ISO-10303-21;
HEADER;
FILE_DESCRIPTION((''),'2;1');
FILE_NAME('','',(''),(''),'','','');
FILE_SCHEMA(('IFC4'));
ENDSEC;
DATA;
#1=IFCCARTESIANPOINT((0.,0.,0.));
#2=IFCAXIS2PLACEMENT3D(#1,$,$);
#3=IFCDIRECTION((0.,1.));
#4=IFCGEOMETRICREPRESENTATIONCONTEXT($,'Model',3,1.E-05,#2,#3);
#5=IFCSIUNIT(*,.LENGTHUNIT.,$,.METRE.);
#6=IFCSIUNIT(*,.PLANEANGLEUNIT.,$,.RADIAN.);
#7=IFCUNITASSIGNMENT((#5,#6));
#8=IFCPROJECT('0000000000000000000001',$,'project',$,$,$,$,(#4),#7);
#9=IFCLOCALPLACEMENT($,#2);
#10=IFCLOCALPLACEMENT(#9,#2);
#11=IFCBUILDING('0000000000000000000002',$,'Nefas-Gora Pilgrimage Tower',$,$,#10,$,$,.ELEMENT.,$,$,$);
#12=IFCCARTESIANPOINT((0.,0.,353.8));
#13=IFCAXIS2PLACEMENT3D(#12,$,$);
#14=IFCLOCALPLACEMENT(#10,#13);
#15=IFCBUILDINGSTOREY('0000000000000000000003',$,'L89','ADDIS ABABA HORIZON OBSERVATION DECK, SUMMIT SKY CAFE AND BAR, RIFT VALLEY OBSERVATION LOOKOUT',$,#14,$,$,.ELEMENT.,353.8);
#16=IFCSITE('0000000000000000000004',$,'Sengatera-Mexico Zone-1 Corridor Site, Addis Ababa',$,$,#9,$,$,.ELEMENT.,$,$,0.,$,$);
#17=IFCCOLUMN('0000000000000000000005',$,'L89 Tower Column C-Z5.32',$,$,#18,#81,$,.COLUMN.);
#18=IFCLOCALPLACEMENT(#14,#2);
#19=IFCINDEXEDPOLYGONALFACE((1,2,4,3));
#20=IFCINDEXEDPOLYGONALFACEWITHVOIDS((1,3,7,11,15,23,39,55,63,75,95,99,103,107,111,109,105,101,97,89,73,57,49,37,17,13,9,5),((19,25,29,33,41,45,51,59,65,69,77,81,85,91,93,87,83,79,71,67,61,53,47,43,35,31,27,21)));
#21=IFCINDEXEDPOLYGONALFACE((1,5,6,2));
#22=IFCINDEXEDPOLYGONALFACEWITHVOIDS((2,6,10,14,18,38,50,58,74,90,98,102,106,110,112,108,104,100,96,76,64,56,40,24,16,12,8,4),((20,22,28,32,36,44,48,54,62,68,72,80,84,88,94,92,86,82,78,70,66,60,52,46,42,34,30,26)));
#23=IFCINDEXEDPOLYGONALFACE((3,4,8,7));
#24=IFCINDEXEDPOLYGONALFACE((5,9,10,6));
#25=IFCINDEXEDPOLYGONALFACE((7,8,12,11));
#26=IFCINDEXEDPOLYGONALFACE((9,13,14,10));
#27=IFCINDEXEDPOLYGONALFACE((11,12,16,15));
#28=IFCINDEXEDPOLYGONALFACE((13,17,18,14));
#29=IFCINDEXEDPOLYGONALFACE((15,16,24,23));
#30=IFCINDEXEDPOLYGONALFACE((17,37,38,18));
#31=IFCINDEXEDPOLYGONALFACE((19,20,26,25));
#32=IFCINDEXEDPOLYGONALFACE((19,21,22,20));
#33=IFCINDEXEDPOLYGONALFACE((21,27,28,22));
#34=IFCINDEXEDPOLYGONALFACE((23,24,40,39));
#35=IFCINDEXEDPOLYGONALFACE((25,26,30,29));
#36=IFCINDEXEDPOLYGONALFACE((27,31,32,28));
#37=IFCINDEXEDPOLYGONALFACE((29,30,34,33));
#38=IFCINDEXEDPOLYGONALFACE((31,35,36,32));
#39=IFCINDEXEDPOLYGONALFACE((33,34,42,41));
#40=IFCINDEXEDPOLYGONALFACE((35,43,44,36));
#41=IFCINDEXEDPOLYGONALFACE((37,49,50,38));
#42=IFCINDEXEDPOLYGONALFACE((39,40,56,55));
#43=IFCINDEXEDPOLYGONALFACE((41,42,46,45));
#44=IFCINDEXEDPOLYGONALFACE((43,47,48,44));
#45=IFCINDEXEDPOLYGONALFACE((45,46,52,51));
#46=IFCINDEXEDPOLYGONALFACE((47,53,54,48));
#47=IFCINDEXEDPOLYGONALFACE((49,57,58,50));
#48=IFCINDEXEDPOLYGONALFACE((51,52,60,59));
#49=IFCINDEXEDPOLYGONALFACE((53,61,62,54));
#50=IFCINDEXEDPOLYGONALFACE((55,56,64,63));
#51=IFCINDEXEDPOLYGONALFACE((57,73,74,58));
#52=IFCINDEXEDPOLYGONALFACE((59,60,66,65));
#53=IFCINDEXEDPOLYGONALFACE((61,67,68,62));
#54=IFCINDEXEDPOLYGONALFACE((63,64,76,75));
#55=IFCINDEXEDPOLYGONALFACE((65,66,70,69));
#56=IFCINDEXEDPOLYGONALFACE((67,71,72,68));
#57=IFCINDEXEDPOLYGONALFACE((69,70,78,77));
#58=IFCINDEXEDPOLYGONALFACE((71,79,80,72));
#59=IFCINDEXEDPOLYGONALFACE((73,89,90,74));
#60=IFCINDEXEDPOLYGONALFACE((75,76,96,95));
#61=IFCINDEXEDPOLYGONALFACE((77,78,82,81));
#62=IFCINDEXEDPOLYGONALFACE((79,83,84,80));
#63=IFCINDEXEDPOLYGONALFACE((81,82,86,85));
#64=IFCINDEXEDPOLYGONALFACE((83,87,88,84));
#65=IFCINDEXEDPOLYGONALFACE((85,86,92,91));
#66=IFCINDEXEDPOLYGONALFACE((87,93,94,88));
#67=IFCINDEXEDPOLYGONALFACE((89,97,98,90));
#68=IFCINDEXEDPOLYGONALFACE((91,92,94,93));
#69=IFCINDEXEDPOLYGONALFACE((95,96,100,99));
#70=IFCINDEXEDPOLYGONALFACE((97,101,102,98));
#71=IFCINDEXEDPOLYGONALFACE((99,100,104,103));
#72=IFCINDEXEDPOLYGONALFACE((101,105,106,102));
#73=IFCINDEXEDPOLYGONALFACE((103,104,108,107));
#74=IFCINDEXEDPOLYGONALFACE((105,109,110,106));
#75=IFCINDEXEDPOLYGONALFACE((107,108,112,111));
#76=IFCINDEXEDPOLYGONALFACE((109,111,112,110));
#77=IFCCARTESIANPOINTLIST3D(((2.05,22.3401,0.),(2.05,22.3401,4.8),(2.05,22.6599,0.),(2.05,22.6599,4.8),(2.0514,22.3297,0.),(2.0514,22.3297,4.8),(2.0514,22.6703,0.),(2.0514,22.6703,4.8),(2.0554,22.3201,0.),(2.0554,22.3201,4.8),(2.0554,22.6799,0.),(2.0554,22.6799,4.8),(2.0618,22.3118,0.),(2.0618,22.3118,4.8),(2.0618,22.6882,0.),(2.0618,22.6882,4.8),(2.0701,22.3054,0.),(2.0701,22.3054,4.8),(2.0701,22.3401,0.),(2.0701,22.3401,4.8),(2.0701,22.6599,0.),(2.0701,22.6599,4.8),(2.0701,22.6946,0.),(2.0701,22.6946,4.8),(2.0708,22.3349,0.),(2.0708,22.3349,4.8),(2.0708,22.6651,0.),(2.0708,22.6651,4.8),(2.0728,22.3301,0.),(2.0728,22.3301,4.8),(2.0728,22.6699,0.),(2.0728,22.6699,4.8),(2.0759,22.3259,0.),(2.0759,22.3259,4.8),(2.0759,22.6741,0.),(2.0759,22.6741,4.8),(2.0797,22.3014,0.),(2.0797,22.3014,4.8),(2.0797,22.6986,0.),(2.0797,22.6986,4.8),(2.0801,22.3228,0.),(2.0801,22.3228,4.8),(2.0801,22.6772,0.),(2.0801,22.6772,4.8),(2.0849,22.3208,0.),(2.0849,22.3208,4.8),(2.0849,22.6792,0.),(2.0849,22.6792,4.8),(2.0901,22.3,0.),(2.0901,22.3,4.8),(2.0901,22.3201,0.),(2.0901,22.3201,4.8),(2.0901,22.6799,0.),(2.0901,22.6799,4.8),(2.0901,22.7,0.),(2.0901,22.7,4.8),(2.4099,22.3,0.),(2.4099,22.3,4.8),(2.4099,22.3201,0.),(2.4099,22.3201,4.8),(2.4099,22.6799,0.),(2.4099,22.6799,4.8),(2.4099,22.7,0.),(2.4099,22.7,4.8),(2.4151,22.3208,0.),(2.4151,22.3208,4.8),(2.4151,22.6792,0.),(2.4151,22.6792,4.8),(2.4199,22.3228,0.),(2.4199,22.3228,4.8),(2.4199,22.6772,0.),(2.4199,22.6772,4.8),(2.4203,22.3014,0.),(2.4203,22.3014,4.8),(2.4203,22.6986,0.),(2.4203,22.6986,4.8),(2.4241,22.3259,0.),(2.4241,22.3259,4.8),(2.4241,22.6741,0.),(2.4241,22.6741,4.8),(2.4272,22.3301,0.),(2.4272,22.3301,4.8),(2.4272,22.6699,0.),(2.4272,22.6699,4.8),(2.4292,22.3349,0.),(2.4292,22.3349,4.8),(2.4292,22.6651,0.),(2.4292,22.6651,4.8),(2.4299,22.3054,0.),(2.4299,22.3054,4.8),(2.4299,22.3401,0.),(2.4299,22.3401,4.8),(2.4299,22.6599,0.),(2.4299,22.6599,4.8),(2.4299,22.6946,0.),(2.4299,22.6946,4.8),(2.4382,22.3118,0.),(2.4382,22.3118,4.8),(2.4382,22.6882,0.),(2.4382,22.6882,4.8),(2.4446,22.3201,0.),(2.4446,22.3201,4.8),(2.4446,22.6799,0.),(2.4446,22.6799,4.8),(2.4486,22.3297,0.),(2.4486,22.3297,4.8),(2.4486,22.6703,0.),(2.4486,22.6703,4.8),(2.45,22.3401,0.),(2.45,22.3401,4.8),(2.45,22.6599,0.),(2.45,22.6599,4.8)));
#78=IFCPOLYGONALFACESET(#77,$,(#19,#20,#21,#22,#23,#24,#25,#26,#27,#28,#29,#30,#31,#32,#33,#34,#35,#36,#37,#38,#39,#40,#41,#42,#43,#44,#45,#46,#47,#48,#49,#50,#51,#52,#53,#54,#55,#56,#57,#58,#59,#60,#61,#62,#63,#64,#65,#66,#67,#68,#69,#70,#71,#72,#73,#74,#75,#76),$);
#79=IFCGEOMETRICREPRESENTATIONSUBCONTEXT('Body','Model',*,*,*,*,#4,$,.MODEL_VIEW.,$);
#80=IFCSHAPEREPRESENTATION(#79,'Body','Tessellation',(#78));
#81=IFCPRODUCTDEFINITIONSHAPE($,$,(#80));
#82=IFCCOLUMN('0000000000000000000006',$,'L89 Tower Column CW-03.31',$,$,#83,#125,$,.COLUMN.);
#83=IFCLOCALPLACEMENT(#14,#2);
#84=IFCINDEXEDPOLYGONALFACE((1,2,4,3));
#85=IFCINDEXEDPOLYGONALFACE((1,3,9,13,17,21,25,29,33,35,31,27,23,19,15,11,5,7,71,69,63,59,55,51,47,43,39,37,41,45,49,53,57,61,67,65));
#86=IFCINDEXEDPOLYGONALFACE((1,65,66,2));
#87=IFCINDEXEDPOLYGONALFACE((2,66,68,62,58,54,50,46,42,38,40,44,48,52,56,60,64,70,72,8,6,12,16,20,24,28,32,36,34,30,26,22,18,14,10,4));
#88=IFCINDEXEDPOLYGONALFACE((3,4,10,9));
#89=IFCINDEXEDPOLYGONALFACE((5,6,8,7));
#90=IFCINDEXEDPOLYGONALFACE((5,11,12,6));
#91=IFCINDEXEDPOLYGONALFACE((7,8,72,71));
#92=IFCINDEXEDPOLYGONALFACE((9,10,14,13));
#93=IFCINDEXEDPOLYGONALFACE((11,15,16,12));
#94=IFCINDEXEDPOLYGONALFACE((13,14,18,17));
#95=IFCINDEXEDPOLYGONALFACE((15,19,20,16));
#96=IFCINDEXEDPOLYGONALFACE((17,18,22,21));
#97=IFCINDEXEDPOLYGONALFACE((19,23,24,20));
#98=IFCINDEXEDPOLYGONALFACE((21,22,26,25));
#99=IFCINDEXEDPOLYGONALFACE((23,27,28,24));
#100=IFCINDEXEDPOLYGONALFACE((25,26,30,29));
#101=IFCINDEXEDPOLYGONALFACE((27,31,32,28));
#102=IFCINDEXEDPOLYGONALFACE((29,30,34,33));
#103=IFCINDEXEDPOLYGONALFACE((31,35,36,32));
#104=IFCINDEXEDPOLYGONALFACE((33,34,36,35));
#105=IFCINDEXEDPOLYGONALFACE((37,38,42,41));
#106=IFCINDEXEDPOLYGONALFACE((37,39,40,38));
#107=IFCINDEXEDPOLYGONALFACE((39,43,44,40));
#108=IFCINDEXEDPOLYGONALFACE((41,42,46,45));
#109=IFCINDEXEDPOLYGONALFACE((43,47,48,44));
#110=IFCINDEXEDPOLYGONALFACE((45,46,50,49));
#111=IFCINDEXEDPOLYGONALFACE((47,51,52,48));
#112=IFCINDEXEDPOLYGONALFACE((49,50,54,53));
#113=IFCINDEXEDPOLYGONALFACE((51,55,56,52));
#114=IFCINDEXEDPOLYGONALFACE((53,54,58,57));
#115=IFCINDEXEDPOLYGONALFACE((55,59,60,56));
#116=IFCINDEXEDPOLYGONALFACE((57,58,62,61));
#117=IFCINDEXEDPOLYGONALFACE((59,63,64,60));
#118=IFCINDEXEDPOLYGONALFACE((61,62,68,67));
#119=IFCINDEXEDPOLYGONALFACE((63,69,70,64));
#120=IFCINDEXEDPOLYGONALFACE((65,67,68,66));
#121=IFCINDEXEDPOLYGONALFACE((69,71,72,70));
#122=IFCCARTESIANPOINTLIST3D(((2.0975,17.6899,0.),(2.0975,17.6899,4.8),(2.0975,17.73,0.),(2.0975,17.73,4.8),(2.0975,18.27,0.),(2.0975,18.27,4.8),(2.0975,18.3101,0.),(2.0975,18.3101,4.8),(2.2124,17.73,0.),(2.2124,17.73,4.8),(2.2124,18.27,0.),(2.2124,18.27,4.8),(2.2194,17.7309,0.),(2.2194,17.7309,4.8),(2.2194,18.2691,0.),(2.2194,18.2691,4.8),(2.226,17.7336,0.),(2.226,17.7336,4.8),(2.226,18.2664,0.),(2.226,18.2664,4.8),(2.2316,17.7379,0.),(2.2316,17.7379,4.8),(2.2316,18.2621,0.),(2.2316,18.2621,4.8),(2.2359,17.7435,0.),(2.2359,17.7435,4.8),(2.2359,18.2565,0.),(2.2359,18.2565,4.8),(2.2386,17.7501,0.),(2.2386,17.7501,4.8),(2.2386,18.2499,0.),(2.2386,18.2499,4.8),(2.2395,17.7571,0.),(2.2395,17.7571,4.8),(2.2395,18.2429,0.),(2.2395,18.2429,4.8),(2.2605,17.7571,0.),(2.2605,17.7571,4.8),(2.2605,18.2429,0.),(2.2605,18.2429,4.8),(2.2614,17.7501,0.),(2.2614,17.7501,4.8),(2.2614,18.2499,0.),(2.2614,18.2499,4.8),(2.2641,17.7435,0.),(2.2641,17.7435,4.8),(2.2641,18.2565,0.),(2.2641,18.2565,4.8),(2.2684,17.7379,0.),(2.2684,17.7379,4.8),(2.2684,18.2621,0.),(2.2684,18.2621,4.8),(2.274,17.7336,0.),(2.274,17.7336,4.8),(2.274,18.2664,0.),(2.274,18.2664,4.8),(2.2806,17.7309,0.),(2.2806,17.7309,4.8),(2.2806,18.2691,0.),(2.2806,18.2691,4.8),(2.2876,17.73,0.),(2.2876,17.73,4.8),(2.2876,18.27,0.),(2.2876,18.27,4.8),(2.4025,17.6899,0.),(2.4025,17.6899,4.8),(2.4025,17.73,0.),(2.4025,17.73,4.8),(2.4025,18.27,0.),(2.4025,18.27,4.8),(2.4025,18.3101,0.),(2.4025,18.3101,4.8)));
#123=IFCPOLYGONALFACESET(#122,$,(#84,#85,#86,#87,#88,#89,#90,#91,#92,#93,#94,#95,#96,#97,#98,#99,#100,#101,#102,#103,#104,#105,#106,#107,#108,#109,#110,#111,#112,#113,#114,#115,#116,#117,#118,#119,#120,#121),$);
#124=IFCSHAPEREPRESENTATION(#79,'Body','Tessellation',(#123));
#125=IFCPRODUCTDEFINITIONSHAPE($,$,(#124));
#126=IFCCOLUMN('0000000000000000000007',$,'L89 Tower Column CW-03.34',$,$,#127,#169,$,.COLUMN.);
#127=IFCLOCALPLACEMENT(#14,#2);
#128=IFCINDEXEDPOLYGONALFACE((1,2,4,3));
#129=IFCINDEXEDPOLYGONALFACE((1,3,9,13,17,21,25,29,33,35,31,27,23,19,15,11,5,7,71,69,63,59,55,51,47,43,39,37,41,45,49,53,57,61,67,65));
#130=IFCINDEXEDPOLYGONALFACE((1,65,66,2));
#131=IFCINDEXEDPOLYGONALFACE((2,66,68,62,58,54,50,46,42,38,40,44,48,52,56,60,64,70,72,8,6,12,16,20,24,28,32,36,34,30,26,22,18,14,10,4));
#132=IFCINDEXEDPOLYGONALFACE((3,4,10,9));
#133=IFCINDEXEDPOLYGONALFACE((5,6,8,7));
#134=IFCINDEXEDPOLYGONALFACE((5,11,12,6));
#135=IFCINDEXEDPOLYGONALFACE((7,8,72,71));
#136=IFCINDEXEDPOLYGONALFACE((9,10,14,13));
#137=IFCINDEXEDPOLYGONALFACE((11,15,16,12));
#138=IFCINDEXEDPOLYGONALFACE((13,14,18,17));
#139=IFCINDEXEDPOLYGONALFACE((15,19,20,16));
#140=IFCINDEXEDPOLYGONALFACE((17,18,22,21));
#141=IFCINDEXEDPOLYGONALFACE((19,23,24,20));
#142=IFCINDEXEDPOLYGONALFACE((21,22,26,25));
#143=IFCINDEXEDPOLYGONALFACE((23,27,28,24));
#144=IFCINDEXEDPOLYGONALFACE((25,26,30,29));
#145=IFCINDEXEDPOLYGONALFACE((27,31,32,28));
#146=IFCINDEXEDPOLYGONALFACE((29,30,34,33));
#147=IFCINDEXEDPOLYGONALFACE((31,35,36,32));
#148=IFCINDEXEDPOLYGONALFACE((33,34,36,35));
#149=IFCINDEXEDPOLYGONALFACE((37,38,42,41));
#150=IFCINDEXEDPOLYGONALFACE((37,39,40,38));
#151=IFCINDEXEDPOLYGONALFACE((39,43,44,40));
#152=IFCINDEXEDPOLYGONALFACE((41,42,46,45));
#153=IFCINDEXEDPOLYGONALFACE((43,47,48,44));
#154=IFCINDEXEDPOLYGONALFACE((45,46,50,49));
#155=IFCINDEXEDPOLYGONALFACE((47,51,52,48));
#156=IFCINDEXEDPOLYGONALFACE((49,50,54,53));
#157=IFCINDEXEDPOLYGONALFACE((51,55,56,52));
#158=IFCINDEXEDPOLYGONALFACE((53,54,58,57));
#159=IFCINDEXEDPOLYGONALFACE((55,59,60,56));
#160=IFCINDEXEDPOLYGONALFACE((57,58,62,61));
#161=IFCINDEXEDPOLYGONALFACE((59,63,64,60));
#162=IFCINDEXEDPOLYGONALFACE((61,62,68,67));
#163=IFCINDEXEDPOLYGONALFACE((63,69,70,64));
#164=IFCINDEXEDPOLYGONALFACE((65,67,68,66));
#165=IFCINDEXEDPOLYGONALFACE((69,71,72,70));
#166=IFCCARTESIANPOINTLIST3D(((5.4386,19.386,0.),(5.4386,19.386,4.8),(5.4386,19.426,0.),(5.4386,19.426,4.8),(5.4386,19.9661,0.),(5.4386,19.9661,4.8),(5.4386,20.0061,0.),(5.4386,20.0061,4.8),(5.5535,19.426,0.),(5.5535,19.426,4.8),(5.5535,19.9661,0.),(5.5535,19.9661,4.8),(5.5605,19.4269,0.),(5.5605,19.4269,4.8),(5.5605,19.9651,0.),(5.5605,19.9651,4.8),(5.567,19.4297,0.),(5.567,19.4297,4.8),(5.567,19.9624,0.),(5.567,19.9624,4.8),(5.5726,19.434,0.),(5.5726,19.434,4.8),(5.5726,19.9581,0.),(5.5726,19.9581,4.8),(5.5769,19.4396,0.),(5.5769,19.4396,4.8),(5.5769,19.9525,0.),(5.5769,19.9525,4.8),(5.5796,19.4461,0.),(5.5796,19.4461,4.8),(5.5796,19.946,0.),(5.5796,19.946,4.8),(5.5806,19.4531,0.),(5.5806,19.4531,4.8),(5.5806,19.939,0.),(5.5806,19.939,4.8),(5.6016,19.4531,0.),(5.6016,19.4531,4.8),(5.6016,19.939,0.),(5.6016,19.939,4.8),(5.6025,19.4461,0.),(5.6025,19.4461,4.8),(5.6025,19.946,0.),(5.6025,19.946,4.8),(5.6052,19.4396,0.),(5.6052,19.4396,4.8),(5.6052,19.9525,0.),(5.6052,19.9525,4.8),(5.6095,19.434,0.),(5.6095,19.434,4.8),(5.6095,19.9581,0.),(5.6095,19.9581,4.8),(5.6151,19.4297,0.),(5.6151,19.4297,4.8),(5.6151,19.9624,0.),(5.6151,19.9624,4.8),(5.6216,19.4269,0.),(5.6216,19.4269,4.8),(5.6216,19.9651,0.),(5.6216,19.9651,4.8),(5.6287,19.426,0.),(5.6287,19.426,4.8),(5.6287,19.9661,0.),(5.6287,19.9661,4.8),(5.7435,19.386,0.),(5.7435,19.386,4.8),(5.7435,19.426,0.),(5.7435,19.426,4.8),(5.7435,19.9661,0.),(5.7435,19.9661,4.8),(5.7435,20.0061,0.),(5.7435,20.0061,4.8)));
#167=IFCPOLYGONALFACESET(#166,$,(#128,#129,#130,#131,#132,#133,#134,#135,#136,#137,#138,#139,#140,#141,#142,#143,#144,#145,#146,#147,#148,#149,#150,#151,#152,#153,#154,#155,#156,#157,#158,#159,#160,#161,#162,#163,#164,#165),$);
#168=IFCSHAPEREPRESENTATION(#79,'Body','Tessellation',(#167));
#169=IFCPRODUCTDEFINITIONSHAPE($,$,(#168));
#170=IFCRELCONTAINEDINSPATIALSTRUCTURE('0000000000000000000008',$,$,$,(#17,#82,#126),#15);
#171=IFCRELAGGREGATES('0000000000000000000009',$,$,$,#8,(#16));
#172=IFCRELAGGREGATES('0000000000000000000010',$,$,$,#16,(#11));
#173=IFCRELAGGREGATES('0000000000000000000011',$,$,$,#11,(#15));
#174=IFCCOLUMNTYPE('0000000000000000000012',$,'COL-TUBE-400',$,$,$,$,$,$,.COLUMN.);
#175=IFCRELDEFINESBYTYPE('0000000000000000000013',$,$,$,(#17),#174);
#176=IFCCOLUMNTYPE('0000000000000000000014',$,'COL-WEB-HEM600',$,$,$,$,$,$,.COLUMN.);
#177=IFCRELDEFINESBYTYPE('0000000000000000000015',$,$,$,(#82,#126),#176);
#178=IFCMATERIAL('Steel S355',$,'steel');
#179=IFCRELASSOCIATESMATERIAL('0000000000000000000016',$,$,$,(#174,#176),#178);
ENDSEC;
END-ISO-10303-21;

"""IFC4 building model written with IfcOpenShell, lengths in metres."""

from ifc_helpers import new_model, si_unit, direction, frame, origin, origin_2d, place, context, subcontext, project, spatial, hollow_rectangle, i_section, extrude, source, transform, mapped, material, material_profile, profile_set, type_object, element, save


model = new_model("IFC4")

# Units and contexts
model_context = context("Model", 3, precision=1e-05, world=origin(), true_north=direction((0.0, 1.0)))
body_context = subcontext(model_context, "Body", "Model", "MODEL_VIEW")
ifc_project = project(units=[si_unit("LENGTHUNIT", "METRE"), si_unit("PLANEANGLEUNIT", "RADIAN")], contexts=[model_context])

# Site, building, storey
site_placement = place(None, origin())
site = spatial("IfcSite", under=ifc_project, at=site_placement, Name="Sengatera-Mexico Zone-1 Corridor Site, Addis Ababa", CompositionType="ELEMENT", RefElevation=0.0)
building_placement = place(site_placement, origin())
building = spatial("IfcBuilding", under=site, at=building_placement, Name="Nefas-Gora Pilgrimage Tower", CompositionType="ELEMENT")
storey_placement = place(building_placement, frame((0.0, 0.0, 353.8)))
storey = spatial("IfcBuildingStorey", under=building, at=storey_placement, Name="L89", Description="ADDIS ABABA HORIZON OBSERVATION DECK, SUMMIT SKY CAFE AND BAR, RIFT VALLEY OBSERVATION LOOKOUT", CompositionType="ELEMENT", Elevation=353.8)

# Columns
ifc_material_1 = material(Name="Steel S355", Category="steel")
ifc_material_profile_1 = material_profile(ifc_material_1, hollow_rectangle(XDim=0.3999, YDim=0.3999, WallThickness=0.02, InnerFilletRadius=0.02, OuterFilletRadius=0.04, at=origin_2d()), Name="SHS 400x400x20")
ifc_profile_set_1 = profile_set([ifc_material_profile_1], Name="Steel S355")
column_type_1 = type_object("IfcColumnType", Name="COL-TUBE-400", PredefinedType="COLUMN", material=ifc_profile_set_1)
shared_shape_1 = source(origin(), body_context, "Body", "SweptSolid", [
    extrude(hollow_rectangle(XDim=0.3999, YDim=0.3999, WallThickness=0.02, InnerFilletRadius=0.02, OuterFilletRadius=0.04, at=origin_2d()), origin(), (0.0, 0.0, 1.0), 4.8),
])
column_1_placement = place(storey_placement, frame((2.25, 22.5, 0.0), z_axis=(0.0, 0.0, 1.0), x_axis=(1.0, 0.0, 0.0)))
element("IfcColumn", 1, at=column_1_placement, inside=storey, type_object=column_type_1, Name="L89 Tower Column C-Z5.32", PredefinedType="COLUMN", context=body_context, shape_type="MappedRepresentation", body=[
    mapped(shared_shape_1, transform((0.0, 0.0, 0.0), x_axis=(1.0, 0.0, 0.0), y_axis=(0.0, 1.0, 0.0), z_axis=(0.0, 0.0, 1.0), scale=1.0)),
])
ifc_material_profile_2 = material_profile(ifc_material_1, i_section(OverallWidth=0.3049, OverallDepth=0.6201, WebThickness=0.021, FlangeThickness=0.04, FilletRadius=0.0271, at=origin_2d()), Name="HEM 600")
ifc_profile_set_2 = profile_set([ifc_material_profile_2], Name="Steel S355")
column_type_2 = type_object("IfcColumnType", Name="COL-WEB-HEM600", PredefinedType="COLUMN", material=ifc_profile_set_2)
shared_shape_2 = source(origin(), body_context, "Body", "SweptSolid", [
    extrude(i_section(OverallWidth=0.3049, OverallDepth=0.6201, WebThickness=0.021, FlangeThickness=0.04, FilletRadius=0.0271, at=origin_2d()), origin(), (0.0, 0.0, 1.0), 4.8),
])
for number, where, z_axis, x_axis, name in (
    (2, (2.25, 18.0, 0.0), (0.0, 0.0, 1.0), (1.0, 0.0, 0.0), "L89 Tower Column CW-03.31"),
    (3, (5.5911, 19.696, 0.0), (0.0, 0.0, 1.0), (1.0, 0.0, 0.0), "L89 Tower Column CW-03.34"),
):
    element("IfcColumn", number, at=place(storey_placement, frame(where, z_axis=z_axis, x_axis=x_axis)), inside=storey, type_object=column_type_2, Name=name, PredefinedType="COLUMN", context=body_context, shape_type="MappedRepresentation", body=[
        mapped(shared_shape_2, transform((0.0, 0.0, 0.0), x_axis=(1.0, 0.0, 0.0), y_axis=(0.0, 1.0, 0.0), z_axis=(0.0, 0.0, 1.0), scale=1.0)),
    ])

save(model, "model.ifc")
